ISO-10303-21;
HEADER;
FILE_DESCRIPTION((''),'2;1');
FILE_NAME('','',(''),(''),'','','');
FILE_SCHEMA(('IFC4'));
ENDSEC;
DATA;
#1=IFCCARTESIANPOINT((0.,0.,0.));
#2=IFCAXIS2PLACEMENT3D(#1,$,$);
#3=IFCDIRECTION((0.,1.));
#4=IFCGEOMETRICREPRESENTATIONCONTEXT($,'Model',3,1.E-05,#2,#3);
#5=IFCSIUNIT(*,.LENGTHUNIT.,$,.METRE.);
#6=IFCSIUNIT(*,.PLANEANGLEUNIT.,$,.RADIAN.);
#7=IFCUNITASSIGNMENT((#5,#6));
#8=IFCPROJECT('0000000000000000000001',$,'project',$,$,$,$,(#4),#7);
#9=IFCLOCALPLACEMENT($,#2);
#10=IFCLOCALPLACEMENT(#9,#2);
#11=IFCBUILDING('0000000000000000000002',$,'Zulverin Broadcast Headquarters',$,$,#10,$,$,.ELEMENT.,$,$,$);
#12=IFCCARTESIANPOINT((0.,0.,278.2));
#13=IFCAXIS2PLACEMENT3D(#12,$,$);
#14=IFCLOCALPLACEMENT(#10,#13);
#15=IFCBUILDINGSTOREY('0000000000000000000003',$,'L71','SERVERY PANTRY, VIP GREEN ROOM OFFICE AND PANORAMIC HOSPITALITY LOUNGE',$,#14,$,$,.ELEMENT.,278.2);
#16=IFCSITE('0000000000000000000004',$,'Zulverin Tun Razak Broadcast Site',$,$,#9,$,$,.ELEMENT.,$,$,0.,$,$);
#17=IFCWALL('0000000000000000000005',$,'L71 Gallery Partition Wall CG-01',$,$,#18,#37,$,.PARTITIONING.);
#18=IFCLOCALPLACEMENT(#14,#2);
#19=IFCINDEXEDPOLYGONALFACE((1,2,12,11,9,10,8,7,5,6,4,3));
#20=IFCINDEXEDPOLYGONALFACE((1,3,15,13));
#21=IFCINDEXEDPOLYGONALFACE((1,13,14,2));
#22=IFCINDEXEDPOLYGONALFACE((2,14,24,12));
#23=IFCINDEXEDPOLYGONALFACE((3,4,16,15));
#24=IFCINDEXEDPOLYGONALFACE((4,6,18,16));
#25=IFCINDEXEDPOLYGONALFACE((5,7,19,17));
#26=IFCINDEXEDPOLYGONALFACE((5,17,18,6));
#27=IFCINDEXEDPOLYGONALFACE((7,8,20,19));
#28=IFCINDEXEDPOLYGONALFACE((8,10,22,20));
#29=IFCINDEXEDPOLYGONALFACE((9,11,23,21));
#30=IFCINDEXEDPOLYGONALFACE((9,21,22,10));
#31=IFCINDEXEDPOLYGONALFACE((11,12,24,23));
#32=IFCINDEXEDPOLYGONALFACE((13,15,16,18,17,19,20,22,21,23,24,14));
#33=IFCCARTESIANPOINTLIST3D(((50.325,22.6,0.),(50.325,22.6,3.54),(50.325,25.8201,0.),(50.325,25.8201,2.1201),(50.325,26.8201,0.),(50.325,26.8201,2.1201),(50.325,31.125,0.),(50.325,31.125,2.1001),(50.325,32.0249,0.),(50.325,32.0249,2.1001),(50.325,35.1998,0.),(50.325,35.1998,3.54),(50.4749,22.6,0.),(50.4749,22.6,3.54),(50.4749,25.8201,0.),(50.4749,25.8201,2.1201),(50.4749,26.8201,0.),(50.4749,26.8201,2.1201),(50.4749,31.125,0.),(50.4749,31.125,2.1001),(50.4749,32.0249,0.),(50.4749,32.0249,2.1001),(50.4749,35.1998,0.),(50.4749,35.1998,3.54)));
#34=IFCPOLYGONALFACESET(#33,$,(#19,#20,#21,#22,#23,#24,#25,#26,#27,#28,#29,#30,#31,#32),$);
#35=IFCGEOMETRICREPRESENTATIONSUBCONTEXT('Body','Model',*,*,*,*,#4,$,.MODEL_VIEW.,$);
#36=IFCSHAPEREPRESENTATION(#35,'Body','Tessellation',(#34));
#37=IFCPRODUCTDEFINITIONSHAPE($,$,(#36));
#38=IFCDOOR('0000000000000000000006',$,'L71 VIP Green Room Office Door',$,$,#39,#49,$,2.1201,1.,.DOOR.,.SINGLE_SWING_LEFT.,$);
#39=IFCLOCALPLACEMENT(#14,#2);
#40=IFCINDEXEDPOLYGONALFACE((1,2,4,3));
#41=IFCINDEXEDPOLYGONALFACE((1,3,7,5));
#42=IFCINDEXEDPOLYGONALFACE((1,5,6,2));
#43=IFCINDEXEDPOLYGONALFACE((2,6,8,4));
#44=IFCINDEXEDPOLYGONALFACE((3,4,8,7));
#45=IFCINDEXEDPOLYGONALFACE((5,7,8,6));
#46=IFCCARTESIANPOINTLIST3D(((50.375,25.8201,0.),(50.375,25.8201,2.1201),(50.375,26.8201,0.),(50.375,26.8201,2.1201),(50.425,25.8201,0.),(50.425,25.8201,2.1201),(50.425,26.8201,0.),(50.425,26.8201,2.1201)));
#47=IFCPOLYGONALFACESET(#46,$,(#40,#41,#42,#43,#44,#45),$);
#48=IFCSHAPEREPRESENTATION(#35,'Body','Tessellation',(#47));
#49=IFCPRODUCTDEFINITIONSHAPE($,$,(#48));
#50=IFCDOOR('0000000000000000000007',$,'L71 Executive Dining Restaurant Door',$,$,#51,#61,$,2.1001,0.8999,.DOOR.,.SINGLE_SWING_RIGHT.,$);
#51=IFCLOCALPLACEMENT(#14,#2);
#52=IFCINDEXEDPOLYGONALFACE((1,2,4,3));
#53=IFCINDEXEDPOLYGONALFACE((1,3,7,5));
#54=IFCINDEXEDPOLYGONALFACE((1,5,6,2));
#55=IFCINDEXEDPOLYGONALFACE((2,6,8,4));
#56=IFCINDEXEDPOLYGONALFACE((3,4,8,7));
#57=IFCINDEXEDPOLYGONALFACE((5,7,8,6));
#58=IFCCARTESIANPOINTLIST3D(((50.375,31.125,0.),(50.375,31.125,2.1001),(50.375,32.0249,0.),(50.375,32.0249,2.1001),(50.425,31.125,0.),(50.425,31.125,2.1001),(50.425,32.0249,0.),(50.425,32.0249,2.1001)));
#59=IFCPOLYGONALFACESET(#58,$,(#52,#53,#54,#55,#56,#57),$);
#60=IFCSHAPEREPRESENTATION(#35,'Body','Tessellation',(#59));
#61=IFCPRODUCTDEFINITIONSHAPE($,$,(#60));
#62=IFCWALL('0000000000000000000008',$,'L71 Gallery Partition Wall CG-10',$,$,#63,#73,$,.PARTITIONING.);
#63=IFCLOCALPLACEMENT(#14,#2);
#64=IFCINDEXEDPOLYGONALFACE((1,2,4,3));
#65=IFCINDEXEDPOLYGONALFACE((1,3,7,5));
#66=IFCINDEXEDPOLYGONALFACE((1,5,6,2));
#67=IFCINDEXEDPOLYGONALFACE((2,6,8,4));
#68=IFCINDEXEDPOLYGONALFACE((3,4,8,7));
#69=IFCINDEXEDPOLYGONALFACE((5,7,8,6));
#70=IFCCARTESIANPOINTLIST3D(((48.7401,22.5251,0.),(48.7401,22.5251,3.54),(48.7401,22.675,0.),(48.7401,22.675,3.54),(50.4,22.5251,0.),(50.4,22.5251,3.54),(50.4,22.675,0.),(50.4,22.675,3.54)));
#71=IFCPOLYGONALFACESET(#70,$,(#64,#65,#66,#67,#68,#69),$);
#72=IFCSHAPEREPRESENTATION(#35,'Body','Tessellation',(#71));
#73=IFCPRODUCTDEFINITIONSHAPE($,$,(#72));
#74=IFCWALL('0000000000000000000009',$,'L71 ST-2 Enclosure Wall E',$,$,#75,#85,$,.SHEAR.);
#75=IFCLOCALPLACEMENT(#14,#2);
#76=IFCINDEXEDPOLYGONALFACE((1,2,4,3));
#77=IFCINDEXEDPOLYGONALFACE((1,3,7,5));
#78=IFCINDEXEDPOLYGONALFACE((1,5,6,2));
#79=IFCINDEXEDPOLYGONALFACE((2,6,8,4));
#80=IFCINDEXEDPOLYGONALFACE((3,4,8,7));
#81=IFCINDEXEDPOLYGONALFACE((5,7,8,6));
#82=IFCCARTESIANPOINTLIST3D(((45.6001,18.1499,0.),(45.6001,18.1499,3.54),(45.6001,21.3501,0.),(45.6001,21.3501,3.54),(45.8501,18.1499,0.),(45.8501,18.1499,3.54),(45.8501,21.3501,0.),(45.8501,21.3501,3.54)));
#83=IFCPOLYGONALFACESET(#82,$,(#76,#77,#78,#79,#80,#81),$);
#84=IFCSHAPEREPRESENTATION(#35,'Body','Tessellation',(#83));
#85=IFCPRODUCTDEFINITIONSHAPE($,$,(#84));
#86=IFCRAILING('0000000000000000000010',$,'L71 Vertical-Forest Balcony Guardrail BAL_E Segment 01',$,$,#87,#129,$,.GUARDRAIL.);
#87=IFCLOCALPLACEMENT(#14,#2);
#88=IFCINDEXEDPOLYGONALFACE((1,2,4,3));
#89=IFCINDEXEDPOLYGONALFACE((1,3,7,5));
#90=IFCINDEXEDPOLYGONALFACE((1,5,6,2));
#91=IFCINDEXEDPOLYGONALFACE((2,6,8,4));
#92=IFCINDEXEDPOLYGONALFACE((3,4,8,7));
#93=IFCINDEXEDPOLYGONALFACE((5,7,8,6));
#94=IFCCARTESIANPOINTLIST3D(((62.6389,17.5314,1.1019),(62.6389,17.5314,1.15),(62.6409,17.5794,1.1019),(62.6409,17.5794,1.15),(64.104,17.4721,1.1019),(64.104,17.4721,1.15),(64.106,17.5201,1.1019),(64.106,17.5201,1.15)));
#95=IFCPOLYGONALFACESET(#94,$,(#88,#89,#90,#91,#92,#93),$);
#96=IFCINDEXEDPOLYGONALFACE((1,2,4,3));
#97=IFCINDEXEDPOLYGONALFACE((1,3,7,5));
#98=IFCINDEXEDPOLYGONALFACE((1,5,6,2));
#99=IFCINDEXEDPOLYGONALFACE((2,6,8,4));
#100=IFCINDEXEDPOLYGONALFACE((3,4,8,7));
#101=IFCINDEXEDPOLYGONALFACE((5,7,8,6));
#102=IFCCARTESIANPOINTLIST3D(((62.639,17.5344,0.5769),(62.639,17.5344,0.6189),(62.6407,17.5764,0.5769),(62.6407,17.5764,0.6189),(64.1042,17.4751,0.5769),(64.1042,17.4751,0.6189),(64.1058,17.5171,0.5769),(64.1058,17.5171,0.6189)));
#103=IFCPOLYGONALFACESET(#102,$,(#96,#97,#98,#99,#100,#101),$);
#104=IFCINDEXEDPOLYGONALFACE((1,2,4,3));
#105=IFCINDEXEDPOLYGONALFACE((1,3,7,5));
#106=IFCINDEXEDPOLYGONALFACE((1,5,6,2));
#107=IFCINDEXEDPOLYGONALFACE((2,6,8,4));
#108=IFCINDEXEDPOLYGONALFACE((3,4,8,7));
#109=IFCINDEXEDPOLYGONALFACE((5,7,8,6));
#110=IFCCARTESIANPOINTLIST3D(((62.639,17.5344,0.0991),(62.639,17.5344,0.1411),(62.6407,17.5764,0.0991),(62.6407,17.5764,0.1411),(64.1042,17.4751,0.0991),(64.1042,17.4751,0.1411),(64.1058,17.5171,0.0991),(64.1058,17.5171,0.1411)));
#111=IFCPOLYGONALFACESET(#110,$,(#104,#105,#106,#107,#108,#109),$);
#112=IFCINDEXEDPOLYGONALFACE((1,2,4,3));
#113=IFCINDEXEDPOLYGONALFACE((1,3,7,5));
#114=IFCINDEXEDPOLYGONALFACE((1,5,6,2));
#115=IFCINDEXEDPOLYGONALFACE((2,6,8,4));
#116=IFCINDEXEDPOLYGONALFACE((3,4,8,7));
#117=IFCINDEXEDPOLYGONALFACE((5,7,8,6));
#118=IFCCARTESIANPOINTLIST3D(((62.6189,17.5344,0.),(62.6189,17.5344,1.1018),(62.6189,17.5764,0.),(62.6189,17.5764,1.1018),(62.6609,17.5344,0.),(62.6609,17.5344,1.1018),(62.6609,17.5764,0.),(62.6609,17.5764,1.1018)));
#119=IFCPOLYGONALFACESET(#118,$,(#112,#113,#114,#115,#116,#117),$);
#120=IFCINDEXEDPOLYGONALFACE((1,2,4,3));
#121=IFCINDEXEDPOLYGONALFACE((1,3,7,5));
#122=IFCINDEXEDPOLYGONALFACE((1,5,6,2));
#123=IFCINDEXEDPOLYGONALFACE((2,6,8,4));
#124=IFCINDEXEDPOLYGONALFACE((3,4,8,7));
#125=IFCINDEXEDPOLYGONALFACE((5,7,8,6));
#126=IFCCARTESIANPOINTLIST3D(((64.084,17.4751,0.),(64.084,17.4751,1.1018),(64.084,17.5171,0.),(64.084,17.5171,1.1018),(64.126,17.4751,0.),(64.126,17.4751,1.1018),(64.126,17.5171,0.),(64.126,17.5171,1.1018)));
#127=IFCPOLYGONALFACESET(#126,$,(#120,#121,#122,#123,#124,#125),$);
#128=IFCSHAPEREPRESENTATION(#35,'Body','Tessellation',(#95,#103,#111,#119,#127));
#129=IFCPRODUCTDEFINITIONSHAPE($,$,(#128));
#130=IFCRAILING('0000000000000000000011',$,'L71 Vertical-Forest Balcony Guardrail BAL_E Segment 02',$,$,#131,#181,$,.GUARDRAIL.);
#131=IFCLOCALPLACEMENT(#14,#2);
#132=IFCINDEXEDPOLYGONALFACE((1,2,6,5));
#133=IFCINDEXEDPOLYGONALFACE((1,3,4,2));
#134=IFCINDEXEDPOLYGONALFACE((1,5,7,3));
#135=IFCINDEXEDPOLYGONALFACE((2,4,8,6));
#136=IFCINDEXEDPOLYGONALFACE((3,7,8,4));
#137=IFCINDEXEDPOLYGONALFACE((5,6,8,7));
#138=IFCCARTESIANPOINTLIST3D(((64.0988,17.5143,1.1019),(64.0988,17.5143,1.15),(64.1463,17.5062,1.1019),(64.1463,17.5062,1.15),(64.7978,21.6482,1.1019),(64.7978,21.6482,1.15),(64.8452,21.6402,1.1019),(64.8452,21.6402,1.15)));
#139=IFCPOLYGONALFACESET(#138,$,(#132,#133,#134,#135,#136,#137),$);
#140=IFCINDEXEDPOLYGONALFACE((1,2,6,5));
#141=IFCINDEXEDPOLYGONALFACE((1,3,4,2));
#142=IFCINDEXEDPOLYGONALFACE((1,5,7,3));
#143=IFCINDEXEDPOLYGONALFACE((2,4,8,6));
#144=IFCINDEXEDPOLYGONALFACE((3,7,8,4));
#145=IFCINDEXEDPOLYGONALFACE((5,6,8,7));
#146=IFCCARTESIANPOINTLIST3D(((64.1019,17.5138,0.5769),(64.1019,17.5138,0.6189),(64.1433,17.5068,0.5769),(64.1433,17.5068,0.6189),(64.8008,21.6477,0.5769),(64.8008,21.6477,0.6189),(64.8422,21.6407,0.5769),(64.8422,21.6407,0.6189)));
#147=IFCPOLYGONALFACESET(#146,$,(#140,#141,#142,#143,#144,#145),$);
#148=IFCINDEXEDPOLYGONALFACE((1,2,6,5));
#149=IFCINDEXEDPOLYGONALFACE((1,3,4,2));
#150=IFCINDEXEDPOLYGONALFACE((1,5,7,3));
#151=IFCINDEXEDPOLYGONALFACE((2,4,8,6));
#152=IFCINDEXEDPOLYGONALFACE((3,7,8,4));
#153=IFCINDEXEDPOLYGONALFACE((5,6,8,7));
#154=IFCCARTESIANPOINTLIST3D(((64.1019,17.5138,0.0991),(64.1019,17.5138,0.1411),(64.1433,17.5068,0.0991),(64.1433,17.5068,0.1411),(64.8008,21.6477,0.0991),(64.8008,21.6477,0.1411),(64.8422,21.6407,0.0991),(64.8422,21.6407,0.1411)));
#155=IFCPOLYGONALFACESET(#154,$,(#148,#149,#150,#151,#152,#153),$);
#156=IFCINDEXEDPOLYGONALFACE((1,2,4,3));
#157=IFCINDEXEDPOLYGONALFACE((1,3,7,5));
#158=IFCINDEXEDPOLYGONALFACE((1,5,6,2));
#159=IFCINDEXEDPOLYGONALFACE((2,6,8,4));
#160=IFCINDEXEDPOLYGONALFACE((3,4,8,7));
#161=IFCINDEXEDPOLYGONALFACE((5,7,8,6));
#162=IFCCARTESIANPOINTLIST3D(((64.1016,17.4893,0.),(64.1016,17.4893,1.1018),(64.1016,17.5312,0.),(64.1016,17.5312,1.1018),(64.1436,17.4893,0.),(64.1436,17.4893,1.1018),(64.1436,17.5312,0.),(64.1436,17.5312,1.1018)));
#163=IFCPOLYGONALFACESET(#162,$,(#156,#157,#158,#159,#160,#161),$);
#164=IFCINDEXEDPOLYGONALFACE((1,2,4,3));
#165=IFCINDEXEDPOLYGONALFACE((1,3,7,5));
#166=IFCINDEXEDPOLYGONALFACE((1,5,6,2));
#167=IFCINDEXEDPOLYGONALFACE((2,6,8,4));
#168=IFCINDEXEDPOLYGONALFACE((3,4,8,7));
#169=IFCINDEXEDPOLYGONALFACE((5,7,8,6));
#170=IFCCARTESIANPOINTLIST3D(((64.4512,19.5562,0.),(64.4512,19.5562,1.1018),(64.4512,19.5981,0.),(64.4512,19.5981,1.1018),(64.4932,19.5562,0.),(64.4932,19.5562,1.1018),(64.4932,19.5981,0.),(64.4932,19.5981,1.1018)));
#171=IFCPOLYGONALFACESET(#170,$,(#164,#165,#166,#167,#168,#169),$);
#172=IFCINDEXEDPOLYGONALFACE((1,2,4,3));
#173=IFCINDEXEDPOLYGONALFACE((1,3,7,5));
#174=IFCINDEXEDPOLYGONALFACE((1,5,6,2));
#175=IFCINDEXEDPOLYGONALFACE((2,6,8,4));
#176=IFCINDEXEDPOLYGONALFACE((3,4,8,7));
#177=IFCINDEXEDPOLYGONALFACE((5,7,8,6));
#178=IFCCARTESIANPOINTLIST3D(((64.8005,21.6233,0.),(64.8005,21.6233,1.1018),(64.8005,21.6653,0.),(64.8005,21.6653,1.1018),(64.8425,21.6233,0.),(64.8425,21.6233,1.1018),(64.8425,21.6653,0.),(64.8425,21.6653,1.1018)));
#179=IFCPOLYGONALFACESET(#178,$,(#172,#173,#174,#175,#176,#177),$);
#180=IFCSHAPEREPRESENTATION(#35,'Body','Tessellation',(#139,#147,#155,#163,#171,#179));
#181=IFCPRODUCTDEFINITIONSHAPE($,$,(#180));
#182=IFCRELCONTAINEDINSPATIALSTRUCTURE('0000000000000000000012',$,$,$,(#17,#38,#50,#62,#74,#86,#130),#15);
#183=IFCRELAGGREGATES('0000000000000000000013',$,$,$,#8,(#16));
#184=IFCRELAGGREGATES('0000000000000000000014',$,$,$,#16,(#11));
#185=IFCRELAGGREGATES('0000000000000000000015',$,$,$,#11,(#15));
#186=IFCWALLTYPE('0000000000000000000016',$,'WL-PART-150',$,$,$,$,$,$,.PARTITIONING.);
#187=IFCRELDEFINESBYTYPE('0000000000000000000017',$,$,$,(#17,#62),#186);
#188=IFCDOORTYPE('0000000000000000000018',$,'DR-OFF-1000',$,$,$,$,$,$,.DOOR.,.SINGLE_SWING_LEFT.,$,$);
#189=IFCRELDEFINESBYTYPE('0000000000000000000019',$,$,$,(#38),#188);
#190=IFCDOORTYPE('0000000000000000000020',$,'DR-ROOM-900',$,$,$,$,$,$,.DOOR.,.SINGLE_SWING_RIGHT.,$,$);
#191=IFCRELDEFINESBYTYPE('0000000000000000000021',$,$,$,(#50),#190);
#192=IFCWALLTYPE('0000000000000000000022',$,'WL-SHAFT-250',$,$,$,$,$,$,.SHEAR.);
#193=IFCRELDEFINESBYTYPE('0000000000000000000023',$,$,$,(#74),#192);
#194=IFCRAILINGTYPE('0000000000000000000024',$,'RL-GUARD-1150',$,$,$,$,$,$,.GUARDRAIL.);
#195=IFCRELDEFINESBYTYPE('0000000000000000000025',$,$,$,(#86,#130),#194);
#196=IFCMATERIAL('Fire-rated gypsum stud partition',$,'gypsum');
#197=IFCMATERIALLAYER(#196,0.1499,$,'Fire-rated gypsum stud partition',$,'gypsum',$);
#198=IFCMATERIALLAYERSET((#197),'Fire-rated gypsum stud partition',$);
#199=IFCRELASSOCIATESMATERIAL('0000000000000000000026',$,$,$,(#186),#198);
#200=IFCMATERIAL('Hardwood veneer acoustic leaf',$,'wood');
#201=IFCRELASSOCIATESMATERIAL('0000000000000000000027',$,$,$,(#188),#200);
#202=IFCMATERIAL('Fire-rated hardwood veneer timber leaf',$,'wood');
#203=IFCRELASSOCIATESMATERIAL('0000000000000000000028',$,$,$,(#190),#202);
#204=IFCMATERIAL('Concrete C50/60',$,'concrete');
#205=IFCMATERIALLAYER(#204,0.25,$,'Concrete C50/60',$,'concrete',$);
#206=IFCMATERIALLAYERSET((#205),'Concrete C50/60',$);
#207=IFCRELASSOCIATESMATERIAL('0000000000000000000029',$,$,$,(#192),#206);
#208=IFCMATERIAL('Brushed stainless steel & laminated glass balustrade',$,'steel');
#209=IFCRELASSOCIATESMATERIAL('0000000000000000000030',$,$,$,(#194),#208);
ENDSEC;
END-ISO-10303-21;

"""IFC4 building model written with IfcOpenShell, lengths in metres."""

from ifc_helpers import new_model, si_unit, direction, frame, frame_2d, origin, origin_2d, place, context, subcontext, project, spatial, rectangle, extrude, material, layer, layer_set, type_object, element, fill, save


model = new_model("IFC4")

# Units and contexts
model_context = context("Model", 3, precision=1e-05, world=origin(), true_north=direction((0.0, 1.0)))
body_context = subcontext(model_context, "Body", "Model", "MODEL_VIEW")
ifc_project = project(units=[si_unit("LENGTHUNIT", "METRE"), si_unit("PLANEANGLEUNIT", "RADIAN")], contexts=[model_context])

# Site, building, storey
site_placement = place(None, origin())
site = spatial("IfcSite", under=ifc_project, at=site_placement, Name="Zulverin Tun Razak Broadcast Site", CompositionType="ELEMENT", RefElevation=0.0)
building_placement = place(site_placement, origin())
building = spatial("IfcBuilding", under=site, at=building_placement, Name="Zulverin Broadcast Headquarters", CompositionType="ELEMENT")
storey_placement = place(building_placement, frame((0.0, 0.0, 278.2)))
storey = spatial("IfcBuildingStorey", under=building, at=storey_placement, Name="L71", Description="SERVERY PANTRY, VIP GREEN ROOM OFFICE AND PANORAMIC HOSPITALITY LOUNGE", CompositionType="ELEMENT", Elevation=278.2)

# Shared definitions
ifc_material_1 = material(Name="Concrete C50/60", Category="concrete")

# Wall, openings, doors
ifc_material_2 = material(Name="Fire-rated gypsum stud partition", Category="gypsum")
ifc_layer_1 = layer(ifc_material_2, 0.1499, Name="Fire-rated gypsum stud partition", Category="gypsum")
ifc_layer_set_1 = layer_set([ifc_layer_1], Name="Fire-rated gypsum stud partition")
wall_type_1 = type_object("IfcWallType", Name="WL-PART-150", PredefinedType="PARTITIONING", material=ifc_layer_set_1)
wall_1_placement = place(storey_placement, frame((50.3999, 22.6001, 0.0), z_axis=(0.0, 0.0, 1.0), x_axis=(0.0, 1.0, 0.0)))
wall_1 = element("IfcWall", 1, at=wall_1_placement, inside=storey, type_object=wall_type_1, Name="L71 Gallery Partition Wall CG-01", PredefinedType="PARTITIONING", context=body_context, shape_type="SweptSolid", body=[
    extrude(rectangle(XDim=12.5999, YDim=0.1499, at=frame_2d((6.2998, 0.0))), origin(), (0.0, 0.0, 1.0), 3.54),
])
opening_1_placement = place(wall_1_placement, frame((3.22, 0.0, 0.0)))
opening_1 = element("IfcOpeningElement", 2, at=opening_1_placement, cuts=wall_1, PredefinedType="OPENING", context=body_context, shape_type="SweptSolid", body=[
    extrude(rectangle(XDim=1.0, YDim=2.1201, at=frame_2d((0.5, 1.0601))), frame((0.0, 0.085, 0.0), z_axis=(0.0, -1.0, 0.0), x_axis=(1.0, 0.0, 0.0)), (0.0, 0.0, 1.0), 0.1699),
])
opening_2_placement = place(wall_1_placement, frame((8.5249, 0.0, 0.0)))
opening_2 = element("IfcOpeningElement", 3, at=opening_2_placement, cuts=wall_1, PredefinedType="OPENING", context=body_context, shape_type="SweptSolid", body=[
    extrude(rectangle(XDim=0.8999, YDim=2.1001, at=frame_2d((0.45, 1.05))), frame((0.0, 0.085, 0.0), z_axis=(0.0, -1.0, 0.0), x_axis=(1.0, 0.0, 0.0)), (0.0, 0.0, 1.0), 0.1699),
])
ifc_material_3 = material(Name="Hardwood veneer acoustic leaf", Category="wood")
door_type_1 = type_object("IfcDoorType", Name="DR-OFF-1000", OperationType="SINGLE_SWING_LEFT", PredefinedType="DOOR", material=ifc_material_3)
door_1_placement = place(opening_1_placement, origin())
door_1 = element("IfcDoor", 4, at=door_1_placement, inside=storey, type_object=door_type_1, Name="L71 VIP Green Room Office Door", OperationType="SINGLE_SWING_LEFT", OverallHeight=2.1201, OverallWidth=1.0, PredefinedType="DOOR", context=body_context, shape_type="SweptSolid", body=[
    extrude(rectangle(XDim=1.0, YDim=2.1201, at=frame_2d((0.5, 1.0601))), frame((0.0, 0.0249, 0.0), z_axis=(0.0, -1.0, 0.0), x_axis=(1.0, 0.0, 0.0)), (0.0, 0.0, 1.0), 0.05),
])
fill(opening_1, door_1)
ifc_material_4 = material(Name="Fire-rated hardwood veneer timber leaf", Category="wood")
door_type_2 = type_object("IfcDoorType", Name="DR-ROOM-900", OperationType="SINGLE_SWING_RIGHT", PredefinedType="DOOR", material=ifc_material_4)
door_2_placement = place(opening_2_placement, origin())
door_2 = element("IfcDoor", 5, at=door_2_placement, inside=storey, type_object=door_type_2, Name="L71 Executive Dining Restaurant Door", OperationType="SINGLE_SWING_RIGHT", OverallHeight=2.1001, OverallWidth=0.8999, PredefinedType="DOOR", context=body_context, shape_type="SweptSolid", body=[
    extrude(rectangle(XDim=0.8999, YDim=2.1001, at=frame_2d((0.45, 1.05))), frame((0.0, 0.0249, 0.0), z_axis=(0.0, -1.0, 0.0), x_axis=(1.0, 0.0, 0.0)), (0.0, 0.0, 1.0), 0.05),
])
fill(opening_2, door_2)

# Walls
wall_2_placement = place(storey_placement, frame((48.74, 22.6001, 0.0), z_axis=(0.0, 0.0, 1.0), x_axis=(1.0, 0.0, 0.0)))
element("IfcWall", 6, at=wall_2_placement, inside=storey, type_object=wall_type_1, Name="L71 Gallery Partition Wall CG-10", PredefinedType="PARTITIONING", context=body_context, shape_type="SweptSolid", body=[
    extrude(rectangle(XDim=1.6599, YDim=0.1499, at=frame_2d((0.8301, 0.0))), origin(), (0.0, 0.0, 1.0), 3.54),
])
ifc_layer_2 = layer(ifc_material_1, 0.25, Name="Concrete C50/60", Category="concrete")
ifc_layer_set_2 = layer_set([ifc_layer_2], Name="Concrete C50/60")
wall_type_2 = type_object("IfcWallType", Name="WL-SHAFT-250", PredefinedType="SHEAR", material=ifc_layer_set_2)
wall_3_placement = place(storey_placement, frame((45.7251, 18.1499, 0.0), z_axis=(0.0, 0.0, 1.0), x_axis=(0.0, 1.0, 0.0)))
element("IfcWall", 7, at=wall_3_placement, inside=storey, type_object=wall_type_2, Name="L71 ST-2 Enclosure Wall E", PredefinedType="SHEAR", context=body_context, shape_type="SweptSolid", body=[
    extrude(rectangle(XDim=3.2002, YDim=0.25, at=frame_2d((1.6001, 0.0))), origin(), (0.0, 0.0, 1.0), 3.54),
])

# Railings
ifc_material_5 = material(Name="Brushed stainless steel & laminated glass balustrade", Category="steel")
railing_type = type_object("IfcRailingType", Name="RL-GUARD-1150", PredefinedType="GUARDRAIL", material=ifc_material_5)
railing_1_placement = place(storey_placement, frame((62.6399, 17.5554, 0.0)))
element("IfcRailing", 8, at=railing_1_placement, inside=storey, type_object=railing_type, Name="L71 Vertical-Forest Balcony Guardrail BAL_E Segment 01", PredefinedType="GUARDRAIL", context=body_context, shape_type="SweptSolid", body=[
    extrude(rectangle(XDim=0.0481, YDim=0.0481, at=origin_2d()), frame((0.0, 0.0, 1.126), z_axis=(0.999181, -0.04046, 0.0), x_axis=(0.04046, 0.999181, 0.0)), (0.0, 0.0, 1.0), 1.4663),
    extrude(rectangle(XDim=0.042, YDim=0.042, at=origin_2d()), frame((0.0, 0.0, 0.5979), z_axis=(0.999181, -0.04046, 0.0), x_axis=(0.04046, 0.999181, 0.0)), (0.0, 0.0, 1.0), 1.4663),
    extrude(rectangle(XDim=0.042, YDim=0.042, at=origin_2d()), frame((0.0, 0.0, 0.1201), z_axis=(0.999181, -0.04046, 0.0), x_axis=(0.04046, 0.999181, 0.0)), (0.0, 0.0, 1.0), 1.4663),
    extrude(rectangle(XDim=0.042, YDim=0.042, at=origin_2d()), origin(), (0.0, 0.0, 1.0), 1.1018),
    extrude(rectangle(XDim=0.042, YDim=0.042, at=origin_2d()), frame((1.4651, -0.0593, 0.0)), (0.0, 0.0, 1.0), 1.1018),
])
railing_2_placement = place(storey_placement, frame((64.1226, 17.5103, 0.0)))
element("IfcRailing", 9, at=railing_2_placement, inside=storey, type_object=railing_type, Name="L71 Vertical-Forest Balcony Guardrail BAL_E Segment 02", PredefinedType="GUARDRAIL", context=body_context, shape_type="SweptSolid", body=[
    extrude(rectangle(XDim=0.0481, YDim=0.0481, at=origin_2d()), frame((0.0, 0.0, 1.126), z_axis=(0.166712, 0.986006, 0.0), x_axis=(-0.986006, 0.166712, 0.0)), (0.0, 0.0, 1.0), 4.1926),
    extrude(rectangle(XDim=0.042, YDim=0.042, at=origin_2d()), frame((0.0, 0.0, 0.5979), z_axis=(0.166712, 0.986006, 0.0), x_axis=(-0.986006, 0.166712, 0.0)), (0.0, 0.0, 1.0), 4.1926),
    extrude(rectangle(XDim=0.042, YDim=0.042, at=origin_2d()), frame((0.0, 0.0, 0.1201), z_axis=(0.166712, 0.986006, 0.0), x_axis=(-0.986006, 0.166712, 0.0)), (0.0, 0.0, 1.0), 4.1926),
    extrude(rectangle(XDim=0.042, YDim=0.042, at=origin_2d()), origin(), (0.0, 0.0, 1.0), 1.1018),
    extrude(rectangle(XDim=0.042, YDim=0.042, at=origin_2d()), frame((0.3496, 2.0669, 0.0)), (0.0, 0.0, 1.0), 1.1018),
    extrude(rectangle(XDim=0.042, YDim=0.042, at=origin_2d()), frame((0.699, 4.134, 0.0)), (0.0, 0.0, 1.0), 1.1018),
])

save(model, "model.ifc")
